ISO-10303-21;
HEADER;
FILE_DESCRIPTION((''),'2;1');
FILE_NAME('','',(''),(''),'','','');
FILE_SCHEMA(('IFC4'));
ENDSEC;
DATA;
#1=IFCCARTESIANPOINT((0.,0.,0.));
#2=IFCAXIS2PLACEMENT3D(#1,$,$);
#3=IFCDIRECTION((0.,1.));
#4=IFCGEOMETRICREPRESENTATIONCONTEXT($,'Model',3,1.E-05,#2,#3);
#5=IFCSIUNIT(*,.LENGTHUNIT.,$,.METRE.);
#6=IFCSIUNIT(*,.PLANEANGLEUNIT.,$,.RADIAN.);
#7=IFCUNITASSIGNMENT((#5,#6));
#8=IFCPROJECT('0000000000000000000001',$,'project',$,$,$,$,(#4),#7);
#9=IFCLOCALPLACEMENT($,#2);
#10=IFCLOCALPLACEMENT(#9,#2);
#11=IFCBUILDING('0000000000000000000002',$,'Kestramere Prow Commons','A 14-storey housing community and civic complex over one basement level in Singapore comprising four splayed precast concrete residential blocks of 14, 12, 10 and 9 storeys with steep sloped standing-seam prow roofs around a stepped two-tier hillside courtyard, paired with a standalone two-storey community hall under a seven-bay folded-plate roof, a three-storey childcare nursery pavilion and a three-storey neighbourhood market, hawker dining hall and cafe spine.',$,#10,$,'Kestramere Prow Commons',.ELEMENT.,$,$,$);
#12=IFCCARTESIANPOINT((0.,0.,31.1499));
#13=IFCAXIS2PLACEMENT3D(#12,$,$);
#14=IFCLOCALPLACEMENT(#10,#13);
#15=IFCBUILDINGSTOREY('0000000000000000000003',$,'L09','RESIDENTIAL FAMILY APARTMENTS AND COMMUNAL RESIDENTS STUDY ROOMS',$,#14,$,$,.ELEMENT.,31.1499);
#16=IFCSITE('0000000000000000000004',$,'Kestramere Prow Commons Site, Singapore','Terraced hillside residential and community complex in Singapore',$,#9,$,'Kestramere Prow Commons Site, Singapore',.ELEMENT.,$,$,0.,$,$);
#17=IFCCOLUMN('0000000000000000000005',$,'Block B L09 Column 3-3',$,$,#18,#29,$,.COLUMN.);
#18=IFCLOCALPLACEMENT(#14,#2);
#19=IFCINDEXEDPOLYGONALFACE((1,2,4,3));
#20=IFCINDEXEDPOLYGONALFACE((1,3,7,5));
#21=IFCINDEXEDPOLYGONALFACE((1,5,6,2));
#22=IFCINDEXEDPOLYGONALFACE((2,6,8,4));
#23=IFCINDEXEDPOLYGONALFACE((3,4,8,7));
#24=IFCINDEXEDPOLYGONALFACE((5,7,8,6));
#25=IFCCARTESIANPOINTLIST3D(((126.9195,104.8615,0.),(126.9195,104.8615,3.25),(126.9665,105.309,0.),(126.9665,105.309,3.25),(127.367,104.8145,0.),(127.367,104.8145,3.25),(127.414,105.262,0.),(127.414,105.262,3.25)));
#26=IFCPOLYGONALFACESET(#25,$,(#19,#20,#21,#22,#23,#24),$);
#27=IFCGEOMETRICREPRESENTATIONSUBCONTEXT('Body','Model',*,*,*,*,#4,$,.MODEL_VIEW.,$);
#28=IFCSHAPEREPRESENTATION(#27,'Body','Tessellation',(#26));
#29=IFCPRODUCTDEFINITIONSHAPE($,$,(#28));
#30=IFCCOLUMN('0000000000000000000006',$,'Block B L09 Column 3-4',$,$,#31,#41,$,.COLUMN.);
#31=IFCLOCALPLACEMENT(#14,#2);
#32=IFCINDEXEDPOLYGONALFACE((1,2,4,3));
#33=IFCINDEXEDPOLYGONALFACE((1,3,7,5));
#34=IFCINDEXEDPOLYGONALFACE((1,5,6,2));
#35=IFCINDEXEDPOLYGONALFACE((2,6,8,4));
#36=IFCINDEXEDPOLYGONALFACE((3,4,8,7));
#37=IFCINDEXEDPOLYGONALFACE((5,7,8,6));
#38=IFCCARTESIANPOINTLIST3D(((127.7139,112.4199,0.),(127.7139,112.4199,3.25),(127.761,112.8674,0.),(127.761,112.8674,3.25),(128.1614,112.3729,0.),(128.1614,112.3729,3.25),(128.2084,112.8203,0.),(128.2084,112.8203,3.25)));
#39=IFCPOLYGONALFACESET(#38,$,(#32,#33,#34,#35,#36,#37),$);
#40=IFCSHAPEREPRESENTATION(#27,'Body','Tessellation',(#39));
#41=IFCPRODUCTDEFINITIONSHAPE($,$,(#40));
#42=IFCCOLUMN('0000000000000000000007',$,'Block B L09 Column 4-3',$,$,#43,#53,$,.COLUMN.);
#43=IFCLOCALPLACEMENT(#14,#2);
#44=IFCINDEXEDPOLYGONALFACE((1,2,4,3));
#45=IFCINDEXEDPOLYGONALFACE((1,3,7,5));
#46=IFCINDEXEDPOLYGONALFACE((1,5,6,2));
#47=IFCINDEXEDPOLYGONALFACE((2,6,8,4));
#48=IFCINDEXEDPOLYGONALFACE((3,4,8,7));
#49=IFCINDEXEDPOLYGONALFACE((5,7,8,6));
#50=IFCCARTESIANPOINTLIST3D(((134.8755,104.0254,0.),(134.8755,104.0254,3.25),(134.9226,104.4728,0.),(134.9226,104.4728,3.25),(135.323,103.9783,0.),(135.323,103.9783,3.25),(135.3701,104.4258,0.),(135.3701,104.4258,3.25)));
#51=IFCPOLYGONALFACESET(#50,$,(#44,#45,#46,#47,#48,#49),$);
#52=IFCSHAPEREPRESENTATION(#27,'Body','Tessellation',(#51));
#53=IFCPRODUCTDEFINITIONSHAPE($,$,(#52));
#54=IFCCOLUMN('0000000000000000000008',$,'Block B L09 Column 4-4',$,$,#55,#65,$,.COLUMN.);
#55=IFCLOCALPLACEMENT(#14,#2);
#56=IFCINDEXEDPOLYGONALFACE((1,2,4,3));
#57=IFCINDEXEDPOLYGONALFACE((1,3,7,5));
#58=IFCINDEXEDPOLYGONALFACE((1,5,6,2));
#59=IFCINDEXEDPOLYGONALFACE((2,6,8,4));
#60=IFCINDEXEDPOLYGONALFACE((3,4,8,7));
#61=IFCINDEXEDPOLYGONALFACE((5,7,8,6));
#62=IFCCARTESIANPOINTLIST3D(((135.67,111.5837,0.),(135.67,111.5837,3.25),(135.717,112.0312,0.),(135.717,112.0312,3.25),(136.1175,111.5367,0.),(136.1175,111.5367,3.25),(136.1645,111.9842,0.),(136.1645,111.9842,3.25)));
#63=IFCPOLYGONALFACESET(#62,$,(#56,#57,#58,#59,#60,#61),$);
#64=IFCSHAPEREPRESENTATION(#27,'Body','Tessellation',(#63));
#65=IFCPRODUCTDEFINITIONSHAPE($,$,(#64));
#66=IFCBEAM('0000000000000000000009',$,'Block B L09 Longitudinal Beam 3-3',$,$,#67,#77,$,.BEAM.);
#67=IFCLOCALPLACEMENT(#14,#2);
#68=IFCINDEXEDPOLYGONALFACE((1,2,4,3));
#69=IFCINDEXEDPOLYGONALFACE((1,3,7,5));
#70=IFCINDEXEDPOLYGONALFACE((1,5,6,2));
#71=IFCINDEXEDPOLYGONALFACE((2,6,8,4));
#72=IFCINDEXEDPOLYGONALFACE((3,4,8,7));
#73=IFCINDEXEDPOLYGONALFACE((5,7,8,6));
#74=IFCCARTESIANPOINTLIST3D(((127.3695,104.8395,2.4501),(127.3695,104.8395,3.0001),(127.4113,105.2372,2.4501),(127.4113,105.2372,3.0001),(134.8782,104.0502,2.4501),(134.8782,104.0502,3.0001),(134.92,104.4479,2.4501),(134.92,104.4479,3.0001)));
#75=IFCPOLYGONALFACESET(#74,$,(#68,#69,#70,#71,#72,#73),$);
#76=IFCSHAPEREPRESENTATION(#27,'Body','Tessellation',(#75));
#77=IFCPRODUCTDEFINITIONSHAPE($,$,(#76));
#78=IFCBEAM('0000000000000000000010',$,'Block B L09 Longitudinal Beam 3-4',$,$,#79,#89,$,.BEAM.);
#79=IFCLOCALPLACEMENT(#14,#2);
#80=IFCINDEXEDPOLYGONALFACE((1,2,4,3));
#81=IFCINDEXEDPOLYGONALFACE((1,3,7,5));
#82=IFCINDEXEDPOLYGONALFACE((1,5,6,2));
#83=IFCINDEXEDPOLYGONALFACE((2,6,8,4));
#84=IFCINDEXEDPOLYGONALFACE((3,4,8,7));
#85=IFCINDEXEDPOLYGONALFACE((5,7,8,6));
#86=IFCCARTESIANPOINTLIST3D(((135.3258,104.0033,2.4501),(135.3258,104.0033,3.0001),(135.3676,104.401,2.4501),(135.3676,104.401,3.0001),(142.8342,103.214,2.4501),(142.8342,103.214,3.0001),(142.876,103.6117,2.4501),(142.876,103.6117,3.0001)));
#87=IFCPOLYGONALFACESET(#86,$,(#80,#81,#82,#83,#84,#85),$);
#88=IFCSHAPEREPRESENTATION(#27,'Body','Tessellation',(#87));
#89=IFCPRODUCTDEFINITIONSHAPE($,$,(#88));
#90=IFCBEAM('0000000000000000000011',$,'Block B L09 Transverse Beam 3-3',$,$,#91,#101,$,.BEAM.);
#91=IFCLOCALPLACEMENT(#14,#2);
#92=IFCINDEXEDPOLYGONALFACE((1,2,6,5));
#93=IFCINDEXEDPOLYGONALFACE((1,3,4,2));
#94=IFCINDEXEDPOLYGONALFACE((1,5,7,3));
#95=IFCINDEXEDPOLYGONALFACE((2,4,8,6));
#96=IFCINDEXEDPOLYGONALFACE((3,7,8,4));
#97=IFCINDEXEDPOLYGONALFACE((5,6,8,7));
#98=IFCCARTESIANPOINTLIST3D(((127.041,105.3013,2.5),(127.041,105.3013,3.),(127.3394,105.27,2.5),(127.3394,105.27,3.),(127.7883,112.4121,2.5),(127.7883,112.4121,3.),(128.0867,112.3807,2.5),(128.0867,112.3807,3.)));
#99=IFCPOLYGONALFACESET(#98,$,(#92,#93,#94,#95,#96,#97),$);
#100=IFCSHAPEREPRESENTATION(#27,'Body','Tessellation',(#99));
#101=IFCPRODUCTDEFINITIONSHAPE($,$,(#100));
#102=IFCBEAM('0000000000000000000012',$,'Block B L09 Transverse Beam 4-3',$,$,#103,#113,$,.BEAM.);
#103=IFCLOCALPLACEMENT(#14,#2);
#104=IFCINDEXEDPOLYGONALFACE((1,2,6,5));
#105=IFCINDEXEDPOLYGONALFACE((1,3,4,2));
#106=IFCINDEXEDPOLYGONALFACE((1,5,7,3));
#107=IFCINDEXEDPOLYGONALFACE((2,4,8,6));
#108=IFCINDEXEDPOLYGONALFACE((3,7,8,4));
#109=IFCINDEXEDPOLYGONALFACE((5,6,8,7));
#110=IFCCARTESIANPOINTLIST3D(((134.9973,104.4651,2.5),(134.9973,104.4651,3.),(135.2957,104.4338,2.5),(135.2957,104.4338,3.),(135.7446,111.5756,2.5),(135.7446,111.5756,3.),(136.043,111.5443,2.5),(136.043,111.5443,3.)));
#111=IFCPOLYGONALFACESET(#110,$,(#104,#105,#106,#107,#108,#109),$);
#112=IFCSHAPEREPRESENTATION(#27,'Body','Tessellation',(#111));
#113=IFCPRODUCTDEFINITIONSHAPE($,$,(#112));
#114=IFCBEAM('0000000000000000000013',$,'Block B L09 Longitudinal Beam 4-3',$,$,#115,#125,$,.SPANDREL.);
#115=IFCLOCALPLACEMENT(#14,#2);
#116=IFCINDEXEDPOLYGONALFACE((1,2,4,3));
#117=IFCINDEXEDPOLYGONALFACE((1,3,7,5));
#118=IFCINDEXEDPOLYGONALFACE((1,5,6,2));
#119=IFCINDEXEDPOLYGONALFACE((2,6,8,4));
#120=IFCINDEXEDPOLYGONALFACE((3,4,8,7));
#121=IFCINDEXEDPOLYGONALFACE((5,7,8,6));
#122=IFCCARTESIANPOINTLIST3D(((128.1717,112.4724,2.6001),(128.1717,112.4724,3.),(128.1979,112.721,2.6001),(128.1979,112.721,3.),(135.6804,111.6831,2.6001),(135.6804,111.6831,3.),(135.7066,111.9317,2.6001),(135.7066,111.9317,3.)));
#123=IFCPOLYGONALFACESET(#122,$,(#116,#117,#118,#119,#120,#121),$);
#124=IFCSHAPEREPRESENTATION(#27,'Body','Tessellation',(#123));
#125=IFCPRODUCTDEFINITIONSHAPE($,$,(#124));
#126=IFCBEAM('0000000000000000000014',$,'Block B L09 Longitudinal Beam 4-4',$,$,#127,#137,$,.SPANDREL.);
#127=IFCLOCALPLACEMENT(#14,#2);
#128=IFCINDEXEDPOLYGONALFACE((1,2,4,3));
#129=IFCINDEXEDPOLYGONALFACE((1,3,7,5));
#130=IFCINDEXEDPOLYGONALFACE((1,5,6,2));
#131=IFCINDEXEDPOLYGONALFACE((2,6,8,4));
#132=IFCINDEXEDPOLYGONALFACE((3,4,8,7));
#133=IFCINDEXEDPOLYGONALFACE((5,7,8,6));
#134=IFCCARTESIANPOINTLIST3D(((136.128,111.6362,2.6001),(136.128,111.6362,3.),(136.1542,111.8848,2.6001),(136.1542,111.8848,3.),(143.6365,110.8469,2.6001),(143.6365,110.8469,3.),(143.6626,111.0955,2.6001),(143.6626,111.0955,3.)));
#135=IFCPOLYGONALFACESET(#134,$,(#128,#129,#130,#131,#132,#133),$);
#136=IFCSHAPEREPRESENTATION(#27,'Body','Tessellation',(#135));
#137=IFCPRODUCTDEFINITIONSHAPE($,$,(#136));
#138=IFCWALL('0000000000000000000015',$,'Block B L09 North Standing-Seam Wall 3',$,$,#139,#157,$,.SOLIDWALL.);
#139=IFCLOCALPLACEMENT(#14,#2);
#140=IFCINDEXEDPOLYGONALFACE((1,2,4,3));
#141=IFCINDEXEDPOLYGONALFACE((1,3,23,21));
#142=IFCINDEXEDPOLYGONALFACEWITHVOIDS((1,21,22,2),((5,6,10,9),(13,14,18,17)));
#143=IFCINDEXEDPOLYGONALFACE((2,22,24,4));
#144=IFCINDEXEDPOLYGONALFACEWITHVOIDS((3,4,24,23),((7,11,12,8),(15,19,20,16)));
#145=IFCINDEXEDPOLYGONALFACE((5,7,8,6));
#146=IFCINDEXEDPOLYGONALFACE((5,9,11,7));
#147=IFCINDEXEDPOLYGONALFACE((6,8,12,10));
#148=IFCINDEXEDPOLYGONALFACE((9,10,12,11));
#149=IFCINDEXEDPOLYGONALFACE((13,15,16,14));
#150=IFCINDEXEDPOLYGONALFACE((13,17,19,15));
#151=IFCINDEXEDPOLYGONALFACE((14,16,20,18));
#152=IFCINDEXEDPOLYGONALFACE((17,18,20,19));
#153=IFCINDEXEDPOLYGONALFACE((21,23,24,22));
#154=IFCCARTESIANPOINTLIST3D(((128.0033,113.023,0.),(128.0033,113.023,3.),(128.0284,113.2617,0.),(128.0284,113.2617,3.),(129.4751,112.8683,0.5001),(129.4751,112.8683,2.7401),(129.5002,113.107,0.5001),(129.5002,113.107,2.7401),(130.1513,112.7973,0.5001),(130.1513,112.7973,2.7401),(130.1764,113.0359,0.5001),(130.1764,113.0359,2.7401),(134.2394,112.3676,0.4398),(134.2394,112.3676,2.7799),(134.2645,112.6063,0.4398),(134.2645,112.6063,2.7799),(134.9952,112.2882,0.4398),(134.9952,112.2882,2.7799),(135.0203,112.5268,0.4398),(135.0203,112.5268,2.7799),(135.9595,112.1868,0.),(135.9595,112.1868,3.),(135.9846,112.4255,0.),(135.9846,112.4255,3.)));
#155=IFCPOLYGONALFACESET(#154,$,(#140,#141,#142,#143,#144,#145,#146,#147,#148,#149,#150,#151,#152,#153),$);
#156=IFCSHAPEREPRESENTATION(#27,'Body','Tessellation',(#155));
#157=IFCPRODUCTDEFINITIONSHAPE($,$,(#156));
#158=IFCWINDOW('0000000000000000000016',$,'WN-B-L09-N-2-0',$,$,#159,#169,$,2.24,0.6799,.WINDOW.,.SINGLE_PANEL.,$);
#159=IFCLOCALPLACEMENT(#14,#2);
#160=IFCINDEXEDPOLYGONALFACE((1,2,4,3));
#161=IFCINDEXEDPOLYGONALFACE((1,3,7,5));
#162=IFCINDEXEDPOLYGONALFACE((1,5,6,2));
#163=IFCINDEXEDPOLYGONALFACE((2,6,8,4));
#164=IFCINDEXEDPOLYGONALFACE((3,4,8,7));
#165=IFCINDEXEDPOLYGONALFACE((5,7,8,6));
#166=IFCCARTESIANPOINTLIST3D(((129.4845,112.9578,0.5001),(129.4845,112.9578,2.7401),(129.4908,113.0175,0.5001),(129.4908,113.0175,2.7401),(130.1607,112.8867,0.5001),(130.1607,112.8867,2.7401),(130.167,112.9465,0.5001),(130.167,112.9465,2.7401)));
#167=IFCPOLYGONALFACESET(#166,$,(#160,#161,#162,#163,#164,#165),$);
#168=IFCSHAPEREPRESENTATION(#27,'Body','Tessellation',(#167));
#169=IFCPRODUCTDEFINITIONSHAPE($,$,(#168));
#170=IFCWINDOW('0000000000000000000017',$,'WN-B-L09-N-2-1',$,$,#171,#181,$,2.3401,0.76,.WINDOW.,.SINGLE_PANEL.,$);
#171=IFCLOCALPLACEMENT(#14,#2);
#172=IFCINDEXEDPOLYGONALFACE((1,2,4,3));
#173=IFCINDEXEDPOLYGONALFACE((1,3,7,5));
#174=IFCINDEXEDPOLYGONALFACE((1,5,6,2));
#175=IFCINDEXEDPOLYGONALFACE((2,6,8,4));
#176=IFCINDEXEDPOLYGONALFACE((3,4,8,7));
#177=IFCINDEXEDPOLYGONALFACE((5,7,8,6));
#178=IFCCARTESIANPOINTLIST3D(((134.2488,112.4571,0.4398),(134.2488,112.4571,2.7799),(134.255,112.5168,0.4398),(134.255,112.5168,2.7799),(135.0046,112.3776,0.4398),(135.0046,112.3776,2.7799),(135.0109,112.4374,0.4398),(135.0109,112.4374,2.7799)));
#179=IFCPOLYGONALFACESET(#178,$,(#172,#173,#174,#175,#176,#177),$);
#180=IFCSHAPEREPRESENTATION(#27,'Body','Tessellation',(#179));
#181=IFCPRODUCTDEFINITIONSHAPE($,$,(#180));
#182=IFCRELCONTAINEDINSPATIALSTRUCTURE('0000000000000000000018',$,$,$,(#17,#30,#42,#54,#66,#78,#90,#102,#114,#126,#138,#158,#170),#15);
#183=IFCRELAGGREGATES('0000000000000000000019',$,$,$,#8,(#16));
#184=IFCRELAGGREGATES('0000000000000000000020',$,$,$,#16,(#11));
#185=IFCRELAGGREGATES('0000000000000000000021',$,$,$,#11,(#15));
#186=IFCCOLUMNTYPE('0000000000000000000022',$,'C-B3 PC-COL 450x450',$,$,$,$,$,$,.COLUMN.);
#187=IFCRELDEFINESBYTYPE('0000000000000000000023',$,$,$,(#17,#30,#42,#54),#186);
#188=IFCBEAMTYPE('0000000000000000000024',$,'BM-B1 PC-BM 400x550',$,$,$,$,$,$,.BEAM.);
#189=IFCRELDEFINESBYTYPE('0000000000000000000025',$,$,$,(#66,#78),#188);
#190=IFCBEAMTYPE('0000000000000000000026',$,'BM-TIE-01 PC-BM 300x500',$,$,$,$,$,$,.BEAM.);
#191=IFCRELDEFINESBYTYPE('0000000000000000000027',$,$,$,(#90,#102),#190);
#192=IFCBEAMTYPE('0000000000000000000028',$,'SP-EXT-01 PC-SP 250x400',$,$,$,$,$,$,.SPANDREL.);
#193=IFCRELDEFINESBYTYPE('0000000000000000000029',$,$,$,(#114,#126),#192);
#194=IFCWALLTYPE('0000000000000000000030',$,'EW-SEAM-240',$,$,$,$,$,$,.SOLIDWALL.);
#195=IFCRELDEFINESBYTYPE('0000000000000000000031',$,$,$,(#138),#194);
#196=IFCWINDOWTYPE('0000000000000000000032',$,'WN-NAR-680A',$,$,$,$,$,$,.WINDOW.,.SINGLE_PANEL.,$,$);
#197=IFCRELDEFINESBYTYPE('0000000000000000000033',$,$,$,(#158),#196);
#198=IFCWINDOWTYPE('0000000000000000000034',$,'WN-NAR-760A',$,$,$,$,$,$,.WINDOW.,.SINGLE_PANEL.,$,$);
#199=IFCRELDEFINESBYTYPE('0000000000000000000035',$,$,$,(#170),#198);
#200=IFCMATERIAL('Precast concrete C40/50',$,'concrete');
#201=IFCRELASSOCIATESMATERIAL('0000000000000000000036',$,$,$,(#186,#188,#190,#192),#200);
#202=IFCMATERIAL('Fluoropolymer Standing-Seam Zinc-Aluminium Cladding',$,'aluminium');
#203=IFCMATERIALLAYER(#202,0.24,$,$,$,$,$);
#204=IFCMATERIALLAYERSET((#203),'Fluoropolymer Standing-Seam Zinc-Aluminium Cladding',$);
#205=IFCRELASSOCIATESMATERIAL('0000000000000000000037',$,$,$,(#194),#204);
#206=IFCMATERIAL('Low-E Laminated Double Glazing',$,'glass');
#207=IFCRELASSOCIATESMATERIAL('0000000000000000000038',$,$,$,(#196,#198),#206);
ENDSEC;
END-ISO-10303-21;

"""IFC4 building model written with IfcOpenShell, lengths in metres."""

from ifc_helpers import new_model, si_unit, direction, frame, frame_2d, origin, origin_2d, place, context, subcontext, project, spatial, rectangle, extrude, material, layer, layer_set, material_profile, profile_set, type_object, element, fill, save


model = new_model("IFC4")

# Units and contexts
model_context = context("Model", 3, precision=1e-05, world=origin(), true_north=direction((0.0, 1.0)))
body_context = subcontext(model_context, "Body", "Model", "MODEL_VIEW")
ifc_project = project(units=[si_unit("LENGTHUNIT", "METRE"), si_unit("PLANEANGLEUNIT", "RADIAN")], contexts=[model_context])

# Site, building, storey
site_placement = place(None, origin())
site = spatial("IfcSite", under=ifc_project, at=site_placement, Name="Kestramere Prow Commons Site, Singapore", Description="Terraced hillside residential and community complex in Singapore", LongName="Kestramere Prow Commons Site, Singapore", CompositionType="ELEMENT", RefElevation=0.0)
building_placement = place(site_placement, origin())
building = spatial("IfcBuilding", under=site, at=building_placement, Name="Kestramere Prow Commons", Description="A 14-storey housing community and civic complex over one basement level in Singapore comprising four splayed precast concrete residential blocks of 14, 12, 10 and 9 storeys with steep sloped standing-seam prow roofs around a stepped two-tier hillside courtyard, paired with a standalone two-storey community hall under a seven-bay folded-plate roof, a three-storey childcare nursery pavilion and a three-storey neighbourhood market, hawker dining hall and cafe spine.", LongName="Kestramere Prow Commons", CompositionType="ELEMENT")
storey_placement = place(building_placement, frame((0.0, 0.0, 31.1499)))
storey = spatial("IfcBuildingStorey", under=building, at=storey_placement, Name="L09", Description="RESIDENTIAL FAMILY APARTMENTS AND COMMUNAL RESIDENTS STUDY ROOMS", CompositionType="ELEMENT", Elevation=31.1499)

# Columns
ifc_material_1 = material(Name="Precast concrete C40/50", Category="concrete")
ifc_material_profile_1 = material_profile(ifc_material_1, rectangle(XDim=0.45, YDim=0.45, at=origin_2d()), Name="PC-COL 450x450")
ifc_profile_set_1 = profile_set([ifc_material_profile_1], Name="Precast concrete C40/50")
column_type = type_object("IfcColumnType", Name="C-B3 PC-COL 450x450", PredefinedType="COLUMN", material=ifc_profile_set_1)
for number, where, z_axis, x_axis, name in (
    (1, (127.1667, 105.0618, 0.0), (0.0, 0.0, 1.0), (0.994522, -0.104528, 0.0), "Block B L09 Column 3-3"),
    (2, (127.9612, 112.6201, 0.0), (0.0, 0.0, 1.0), (0.994522, -0.104528, 0.0), "Block B L09 Column 3-4"),
    (3, (135.1228, 104.2256, 0.0), (0.0, 0.0, 1.0), (0.994522, -0.104528, 0.0), "Block B L09 Column 4-3"),
    (4, (135.9172, 111.7839, 0.0), (0.0, 0.0, 1.0), (0.994522, -0.104528, 0.0), "Block B L09 Column 4-4"),
):
    element("IfcColumn", number, at=place(storey_placement, frame(where, z_axis=z_axis, x_axis=x_axis)), inside=storey, type_object=column_type, Name=name, PredefinedType="COLUMN", context=body_context, shape_type="SweptSolid", body=[
        extrude(rectangle(XDim=0.45, YDim=0.45, at=origin_2d()), origin(), (0.0, 0.0, 1.0), 3.25),
    ])

# Beams
ifc_material_profile_2 = material_profile(ifc_material_1, rectangle(XDim=0.3999, YDim=0.55, at=origin_2d()), Name="PC-BM 400x550")
ifc_profile_set_2 = profile_set([ifc_material_profile_2], Name="Precast concrete C40/50")
beam_type_1 = type_object("IfcBeamType", Name="BM-B1 PC-BM 400x550", PredefinedType="BEAM", material=ifc_profile_set_2)
beam_1_placement = place(storey_placement, frame((127.3904, 105.0383, 2.7251), z_axis=(0.994521, -0.104542, 0.0), x_axis=(0.104542, 0.994521, 0.0)))
element("IfcBeam", 5, at=beam_1_placement, inside=storey, type_object=beam_type_1, Name="Block B L09 Longitudinal Beam 3-3", PredefinedType="BEAM", context=body_context, shape_type="SweptSolid", body=[
    extrude(rectangle(XDim=0.3999, YDim=0.55, at=origin_2d()), origin(), (0.0, 0.0, 1.0), 7.55),
])
beam_2_placement = place(storey_placement, frame((135.3467, 104.2021, 2.7251), z_axis=(0.99452, -0.104545, 0.0), x_axis=(0.104545, 0.99452, 0.0)))
element("IfcBeam", 6, at=beam_2_placement, inside=storey, type_object=beam_type_1, Name="Block B L09 Longitudinal Beam 3-4", PredefinedType="BEAM", context=body_context, shape_type="SweptSolid", body=[
    extrude(rectangle(XDim=0.3999, YDim=0.55, at=origin_2d()), origin(), (0.0, 0.0, 1.0), 7.5498),
])
ifc_material_profile_3 = material_profile(ifc_material_1, rectangle(XDim=0.3, YDim=0.5, at=origin_2d()), Name="PC-BM 300x500")
ifc_profile_set_3 = profile_set([ifc_material_profile_3], Name="Precast concrete C40/50")
beam_type_2 = type_object("IfcBeamType", Name="BM-TIE-01 PC-BM 300x500", PredefinedType="BEAM", material=ifc_profile_set_3)
beam_3_placement = place(storey_placement, frame((127.1902, 105.2856, 2.75), z_axis=(0.104519, 0.994523, 0.0), x_axis=(-0.994523, 0.104519, 0.0)))
element("IfcBeam", 7, at=beam_3_placement, inside=storey, type_object=beam_type_2, Name="Block B L09 Transverse Beam 3-3", PredefinedType="BEAM", context=body_context, shape_type="SweptSolid", body=[
    extrude(rectangle(XDim=0.3, YDim=0.5, at=origin_2d()), origin(), (0.0, 0.0, 1.0), 7.1499),
])
beam_4_placement = place(storey_placement, frame((135.1465, 104.4495, 2.75), z_axis=(0.104523, 0.994522, 0.0), x_axis=(-0.994522, 0.104523, 0.0)))
element("IfcBeam", 8, at=beam_4_placement, inside=storey, type_object=beam_type_2, Name="Block B L09 Transverse Beam 4-3", PredefinedType="BEAM", context=body_context, shape_type="SweptSolid", body=[
    extrude(rectangle(XDim=0.3, YDim=0.5, at=origin_2d()), origin(), (0.0, 0.0, 1.0), 7.1497),
])
ifc_material_profile_4 = material_profile(ifc_material_1, rectangle(XDim=0.25, YDim=0.3999, at=origin_2d()), Name="PC-SP 250x400")
ifc_profile_set_4 = profile_set([ifc_material_profile_4], Name="Precast concrete C40/50")
beam_type_3 = type_object("IfcBeamType", Name="SP-EXT-01 PC-SP 250x400", PredefinedType="SPANDREL", material=ifc_profile_set_4)
beam_5_placement = place(storey_placement, frame((128.1848, 112.5967, 2.8), z_axis=(0.994521, -0.104542, 0.0), x_axis=(0.104542, 0.994521, 0.0)))
element("IfcBeam", 9, at=beam_5_placement, inside=storey, type_object=beam_type_3, Name="Block B L09 Longitudinal Beam 4-3", PredefinedType="SPANDREL", context=body_context, shape_type="SweptSolid", body=[
    extrude(rectangle(XDim=0.25, YDim=0.3999, at=origin_2d()), origin(), (0.0, 0.0, 1.0), 7.55),
])
beam_6_placement = place(storey_placement, frame((136.1411, 111.7605, 2.8), z_axis=(0.99452, -0.104545, 0.0), x_axis=(0.104545, 0.99452, 0.0)))
element("IfcBeam", 10, at=beam_6_placement, inside=storey, type_object=beam_type_3, Name="Block B L09 Longitudinal Beam 4-4", PredefinedType="SPANDREL", context=body_context, shape_type="SweptSolid", body=[
    extrude(rectangle(XDim=0.25, YDim=0.3999, at=origin_2d()), origin(), (0.0, 0.0, 1.0), 7.5498),
])

# Wall, openings, windows
ifc_material_2 = material(Name="Fluoropolymer Standing-Seam Zinc-Aluminium Cladding", Category="aluminium")
ifc_layer_1 = layer(ifc_material_2, 0.24)
ifc_layer_set_1 = layer_set([ifc_layer_1], Name="Fluoropolymer Standing-Seam Zinc-Aluminium Cladding")
wall_type_1 = type_object("IfcWallType", Name="EW-SEAM-240", PredefinedType="SOLIDWALL", material=ifc_layer_set_1)
wall_1_placement = place(storey_placement, frame((128.0159, 113.1423, 0.0), z_axis=(0.0, 0.0, 1.0), x_axis=(0.994523, -0.104521, 0.0)))
wall_1 = element("IfcWall", 11, at=wall_1_placement, inside=storey, type_object=wall_type_1, Name="Block B L09 North Standing-Seam Wall 3", PredefinedType="SOLIDWALL", context=body_context, shape_type="SweptSolid", body=[
    extrude(rectangle(XDim=8.0, YDim=0.24, at=frame_2d((4.0, 0.0))), origin(), (0.0, 0.0, 1.0), 3.0),
])
opening_1_placement = place(wall_1_placement, frame((1.48, 0.0, 0.5)))
opening_1 = element("IfcOpeningElement", 12, at=opening_1_placement, cuts=wall_1, PredefinedType="OPENING", context=body_context, shape_type="SweptSolid", body=[
    extrude(rectangle(XDim=0.6799, YDim=2.24, at=frame_2d((0.3398, 1.1201))), frame((0.0, 0.135, 0.0), z_axis=(0.0, -1.0, 0.0), x_axis=(1.0, 0.0, 0.0)), (0.0, 0.0, 1.0), 0.27),
])
opening_2_placement = place(wall_1_placement, frame((6.2705, 0.0, 0.4399)))
opening_2 = element("IfcOpeningElement", 13, at=opening_2_placement, cuts=wall_1, PredefinedType="OPENING", context=body_context, shape_type="SweptSolid", body=[
    extrude(rectangle(XDim=0.76, YDim=2.3401, at=frame_2d((0.3799, 1.1699))), frame((0.0, 0.135, 0.0), z_axis=(0.0, -1.0, 0.0), x_axis=(1.0, 0.0, 0.0)), (0.0, 0.0, 1.0), 0.27),
])
ifc_material_3 = material(Name="Low-E Laminated Double Glazing", Category="glass")
window_type_1 = type_object("IfcWindowType", Name="WN-NAR-680A", PartitioningType="SINGLE_PANEL", PredefinedType="WINDOW", material=ifc_material_3)
window_1_placement = place(opening_1_placement, origin())
window_1 = element("IfcWindow", 14, at=window_1_placement, inside=storey, type_object=window_type_1, Name="WN-B-L09-N-2-0", OverallHeight=2.24, OverallWidth=0.6799, PartitioningType="SINGLE_PANEL", PredefinedType="WINDOW", context=body_context, shape_type="SweptSolid", body=[
    extrude(rectangle(XDim=0.6799, YDim=2.24, at=frame_2d((0.3398, 1.1201))), frame((0.0, 0.03, 0.0), z_axis=(0.0, -1.0, 0.0), x_axis=(1.0, 0.0, 0.0)), (0.0, 0.0, 1.0), 0.0601),
])
fill(opening_1, window_1)
window_type_2 = type_object("IfcWindowType", Name="WN-NAR-760A", PartitioningType="SINGLE_PANEL", PredefinedType="WINDOW", material=ifc_material_3)
window_2_placement = place(opening_2_placement, origin())
window_2 = element("IfcWindow", 15, at=window_2_placement, inside=storey, type_object=window_type_2, Name="WN-B-L09-N-2-1", OverallHeight=2.3401, OverallWidth=0.76, PartitioningType="SINGLE_PANEL", PredefinedType="WINDOW", context=body_context, shape_type="SweptSolid", body=[
    extrude(rectangle(XDim=0.76, YDim=2.3401, at=frame_2d((0.3799, 1.1699))), frame((0.0, 0.03, 0.0), z_axis=(0.0, -1.0, 0.0), x_axis=(1.0, 0.0, 0.0)), (0.0, 0.0, 1.0), 0.0601),
])
fill(opening_2, window_2)

save(model, "model.ifc")
